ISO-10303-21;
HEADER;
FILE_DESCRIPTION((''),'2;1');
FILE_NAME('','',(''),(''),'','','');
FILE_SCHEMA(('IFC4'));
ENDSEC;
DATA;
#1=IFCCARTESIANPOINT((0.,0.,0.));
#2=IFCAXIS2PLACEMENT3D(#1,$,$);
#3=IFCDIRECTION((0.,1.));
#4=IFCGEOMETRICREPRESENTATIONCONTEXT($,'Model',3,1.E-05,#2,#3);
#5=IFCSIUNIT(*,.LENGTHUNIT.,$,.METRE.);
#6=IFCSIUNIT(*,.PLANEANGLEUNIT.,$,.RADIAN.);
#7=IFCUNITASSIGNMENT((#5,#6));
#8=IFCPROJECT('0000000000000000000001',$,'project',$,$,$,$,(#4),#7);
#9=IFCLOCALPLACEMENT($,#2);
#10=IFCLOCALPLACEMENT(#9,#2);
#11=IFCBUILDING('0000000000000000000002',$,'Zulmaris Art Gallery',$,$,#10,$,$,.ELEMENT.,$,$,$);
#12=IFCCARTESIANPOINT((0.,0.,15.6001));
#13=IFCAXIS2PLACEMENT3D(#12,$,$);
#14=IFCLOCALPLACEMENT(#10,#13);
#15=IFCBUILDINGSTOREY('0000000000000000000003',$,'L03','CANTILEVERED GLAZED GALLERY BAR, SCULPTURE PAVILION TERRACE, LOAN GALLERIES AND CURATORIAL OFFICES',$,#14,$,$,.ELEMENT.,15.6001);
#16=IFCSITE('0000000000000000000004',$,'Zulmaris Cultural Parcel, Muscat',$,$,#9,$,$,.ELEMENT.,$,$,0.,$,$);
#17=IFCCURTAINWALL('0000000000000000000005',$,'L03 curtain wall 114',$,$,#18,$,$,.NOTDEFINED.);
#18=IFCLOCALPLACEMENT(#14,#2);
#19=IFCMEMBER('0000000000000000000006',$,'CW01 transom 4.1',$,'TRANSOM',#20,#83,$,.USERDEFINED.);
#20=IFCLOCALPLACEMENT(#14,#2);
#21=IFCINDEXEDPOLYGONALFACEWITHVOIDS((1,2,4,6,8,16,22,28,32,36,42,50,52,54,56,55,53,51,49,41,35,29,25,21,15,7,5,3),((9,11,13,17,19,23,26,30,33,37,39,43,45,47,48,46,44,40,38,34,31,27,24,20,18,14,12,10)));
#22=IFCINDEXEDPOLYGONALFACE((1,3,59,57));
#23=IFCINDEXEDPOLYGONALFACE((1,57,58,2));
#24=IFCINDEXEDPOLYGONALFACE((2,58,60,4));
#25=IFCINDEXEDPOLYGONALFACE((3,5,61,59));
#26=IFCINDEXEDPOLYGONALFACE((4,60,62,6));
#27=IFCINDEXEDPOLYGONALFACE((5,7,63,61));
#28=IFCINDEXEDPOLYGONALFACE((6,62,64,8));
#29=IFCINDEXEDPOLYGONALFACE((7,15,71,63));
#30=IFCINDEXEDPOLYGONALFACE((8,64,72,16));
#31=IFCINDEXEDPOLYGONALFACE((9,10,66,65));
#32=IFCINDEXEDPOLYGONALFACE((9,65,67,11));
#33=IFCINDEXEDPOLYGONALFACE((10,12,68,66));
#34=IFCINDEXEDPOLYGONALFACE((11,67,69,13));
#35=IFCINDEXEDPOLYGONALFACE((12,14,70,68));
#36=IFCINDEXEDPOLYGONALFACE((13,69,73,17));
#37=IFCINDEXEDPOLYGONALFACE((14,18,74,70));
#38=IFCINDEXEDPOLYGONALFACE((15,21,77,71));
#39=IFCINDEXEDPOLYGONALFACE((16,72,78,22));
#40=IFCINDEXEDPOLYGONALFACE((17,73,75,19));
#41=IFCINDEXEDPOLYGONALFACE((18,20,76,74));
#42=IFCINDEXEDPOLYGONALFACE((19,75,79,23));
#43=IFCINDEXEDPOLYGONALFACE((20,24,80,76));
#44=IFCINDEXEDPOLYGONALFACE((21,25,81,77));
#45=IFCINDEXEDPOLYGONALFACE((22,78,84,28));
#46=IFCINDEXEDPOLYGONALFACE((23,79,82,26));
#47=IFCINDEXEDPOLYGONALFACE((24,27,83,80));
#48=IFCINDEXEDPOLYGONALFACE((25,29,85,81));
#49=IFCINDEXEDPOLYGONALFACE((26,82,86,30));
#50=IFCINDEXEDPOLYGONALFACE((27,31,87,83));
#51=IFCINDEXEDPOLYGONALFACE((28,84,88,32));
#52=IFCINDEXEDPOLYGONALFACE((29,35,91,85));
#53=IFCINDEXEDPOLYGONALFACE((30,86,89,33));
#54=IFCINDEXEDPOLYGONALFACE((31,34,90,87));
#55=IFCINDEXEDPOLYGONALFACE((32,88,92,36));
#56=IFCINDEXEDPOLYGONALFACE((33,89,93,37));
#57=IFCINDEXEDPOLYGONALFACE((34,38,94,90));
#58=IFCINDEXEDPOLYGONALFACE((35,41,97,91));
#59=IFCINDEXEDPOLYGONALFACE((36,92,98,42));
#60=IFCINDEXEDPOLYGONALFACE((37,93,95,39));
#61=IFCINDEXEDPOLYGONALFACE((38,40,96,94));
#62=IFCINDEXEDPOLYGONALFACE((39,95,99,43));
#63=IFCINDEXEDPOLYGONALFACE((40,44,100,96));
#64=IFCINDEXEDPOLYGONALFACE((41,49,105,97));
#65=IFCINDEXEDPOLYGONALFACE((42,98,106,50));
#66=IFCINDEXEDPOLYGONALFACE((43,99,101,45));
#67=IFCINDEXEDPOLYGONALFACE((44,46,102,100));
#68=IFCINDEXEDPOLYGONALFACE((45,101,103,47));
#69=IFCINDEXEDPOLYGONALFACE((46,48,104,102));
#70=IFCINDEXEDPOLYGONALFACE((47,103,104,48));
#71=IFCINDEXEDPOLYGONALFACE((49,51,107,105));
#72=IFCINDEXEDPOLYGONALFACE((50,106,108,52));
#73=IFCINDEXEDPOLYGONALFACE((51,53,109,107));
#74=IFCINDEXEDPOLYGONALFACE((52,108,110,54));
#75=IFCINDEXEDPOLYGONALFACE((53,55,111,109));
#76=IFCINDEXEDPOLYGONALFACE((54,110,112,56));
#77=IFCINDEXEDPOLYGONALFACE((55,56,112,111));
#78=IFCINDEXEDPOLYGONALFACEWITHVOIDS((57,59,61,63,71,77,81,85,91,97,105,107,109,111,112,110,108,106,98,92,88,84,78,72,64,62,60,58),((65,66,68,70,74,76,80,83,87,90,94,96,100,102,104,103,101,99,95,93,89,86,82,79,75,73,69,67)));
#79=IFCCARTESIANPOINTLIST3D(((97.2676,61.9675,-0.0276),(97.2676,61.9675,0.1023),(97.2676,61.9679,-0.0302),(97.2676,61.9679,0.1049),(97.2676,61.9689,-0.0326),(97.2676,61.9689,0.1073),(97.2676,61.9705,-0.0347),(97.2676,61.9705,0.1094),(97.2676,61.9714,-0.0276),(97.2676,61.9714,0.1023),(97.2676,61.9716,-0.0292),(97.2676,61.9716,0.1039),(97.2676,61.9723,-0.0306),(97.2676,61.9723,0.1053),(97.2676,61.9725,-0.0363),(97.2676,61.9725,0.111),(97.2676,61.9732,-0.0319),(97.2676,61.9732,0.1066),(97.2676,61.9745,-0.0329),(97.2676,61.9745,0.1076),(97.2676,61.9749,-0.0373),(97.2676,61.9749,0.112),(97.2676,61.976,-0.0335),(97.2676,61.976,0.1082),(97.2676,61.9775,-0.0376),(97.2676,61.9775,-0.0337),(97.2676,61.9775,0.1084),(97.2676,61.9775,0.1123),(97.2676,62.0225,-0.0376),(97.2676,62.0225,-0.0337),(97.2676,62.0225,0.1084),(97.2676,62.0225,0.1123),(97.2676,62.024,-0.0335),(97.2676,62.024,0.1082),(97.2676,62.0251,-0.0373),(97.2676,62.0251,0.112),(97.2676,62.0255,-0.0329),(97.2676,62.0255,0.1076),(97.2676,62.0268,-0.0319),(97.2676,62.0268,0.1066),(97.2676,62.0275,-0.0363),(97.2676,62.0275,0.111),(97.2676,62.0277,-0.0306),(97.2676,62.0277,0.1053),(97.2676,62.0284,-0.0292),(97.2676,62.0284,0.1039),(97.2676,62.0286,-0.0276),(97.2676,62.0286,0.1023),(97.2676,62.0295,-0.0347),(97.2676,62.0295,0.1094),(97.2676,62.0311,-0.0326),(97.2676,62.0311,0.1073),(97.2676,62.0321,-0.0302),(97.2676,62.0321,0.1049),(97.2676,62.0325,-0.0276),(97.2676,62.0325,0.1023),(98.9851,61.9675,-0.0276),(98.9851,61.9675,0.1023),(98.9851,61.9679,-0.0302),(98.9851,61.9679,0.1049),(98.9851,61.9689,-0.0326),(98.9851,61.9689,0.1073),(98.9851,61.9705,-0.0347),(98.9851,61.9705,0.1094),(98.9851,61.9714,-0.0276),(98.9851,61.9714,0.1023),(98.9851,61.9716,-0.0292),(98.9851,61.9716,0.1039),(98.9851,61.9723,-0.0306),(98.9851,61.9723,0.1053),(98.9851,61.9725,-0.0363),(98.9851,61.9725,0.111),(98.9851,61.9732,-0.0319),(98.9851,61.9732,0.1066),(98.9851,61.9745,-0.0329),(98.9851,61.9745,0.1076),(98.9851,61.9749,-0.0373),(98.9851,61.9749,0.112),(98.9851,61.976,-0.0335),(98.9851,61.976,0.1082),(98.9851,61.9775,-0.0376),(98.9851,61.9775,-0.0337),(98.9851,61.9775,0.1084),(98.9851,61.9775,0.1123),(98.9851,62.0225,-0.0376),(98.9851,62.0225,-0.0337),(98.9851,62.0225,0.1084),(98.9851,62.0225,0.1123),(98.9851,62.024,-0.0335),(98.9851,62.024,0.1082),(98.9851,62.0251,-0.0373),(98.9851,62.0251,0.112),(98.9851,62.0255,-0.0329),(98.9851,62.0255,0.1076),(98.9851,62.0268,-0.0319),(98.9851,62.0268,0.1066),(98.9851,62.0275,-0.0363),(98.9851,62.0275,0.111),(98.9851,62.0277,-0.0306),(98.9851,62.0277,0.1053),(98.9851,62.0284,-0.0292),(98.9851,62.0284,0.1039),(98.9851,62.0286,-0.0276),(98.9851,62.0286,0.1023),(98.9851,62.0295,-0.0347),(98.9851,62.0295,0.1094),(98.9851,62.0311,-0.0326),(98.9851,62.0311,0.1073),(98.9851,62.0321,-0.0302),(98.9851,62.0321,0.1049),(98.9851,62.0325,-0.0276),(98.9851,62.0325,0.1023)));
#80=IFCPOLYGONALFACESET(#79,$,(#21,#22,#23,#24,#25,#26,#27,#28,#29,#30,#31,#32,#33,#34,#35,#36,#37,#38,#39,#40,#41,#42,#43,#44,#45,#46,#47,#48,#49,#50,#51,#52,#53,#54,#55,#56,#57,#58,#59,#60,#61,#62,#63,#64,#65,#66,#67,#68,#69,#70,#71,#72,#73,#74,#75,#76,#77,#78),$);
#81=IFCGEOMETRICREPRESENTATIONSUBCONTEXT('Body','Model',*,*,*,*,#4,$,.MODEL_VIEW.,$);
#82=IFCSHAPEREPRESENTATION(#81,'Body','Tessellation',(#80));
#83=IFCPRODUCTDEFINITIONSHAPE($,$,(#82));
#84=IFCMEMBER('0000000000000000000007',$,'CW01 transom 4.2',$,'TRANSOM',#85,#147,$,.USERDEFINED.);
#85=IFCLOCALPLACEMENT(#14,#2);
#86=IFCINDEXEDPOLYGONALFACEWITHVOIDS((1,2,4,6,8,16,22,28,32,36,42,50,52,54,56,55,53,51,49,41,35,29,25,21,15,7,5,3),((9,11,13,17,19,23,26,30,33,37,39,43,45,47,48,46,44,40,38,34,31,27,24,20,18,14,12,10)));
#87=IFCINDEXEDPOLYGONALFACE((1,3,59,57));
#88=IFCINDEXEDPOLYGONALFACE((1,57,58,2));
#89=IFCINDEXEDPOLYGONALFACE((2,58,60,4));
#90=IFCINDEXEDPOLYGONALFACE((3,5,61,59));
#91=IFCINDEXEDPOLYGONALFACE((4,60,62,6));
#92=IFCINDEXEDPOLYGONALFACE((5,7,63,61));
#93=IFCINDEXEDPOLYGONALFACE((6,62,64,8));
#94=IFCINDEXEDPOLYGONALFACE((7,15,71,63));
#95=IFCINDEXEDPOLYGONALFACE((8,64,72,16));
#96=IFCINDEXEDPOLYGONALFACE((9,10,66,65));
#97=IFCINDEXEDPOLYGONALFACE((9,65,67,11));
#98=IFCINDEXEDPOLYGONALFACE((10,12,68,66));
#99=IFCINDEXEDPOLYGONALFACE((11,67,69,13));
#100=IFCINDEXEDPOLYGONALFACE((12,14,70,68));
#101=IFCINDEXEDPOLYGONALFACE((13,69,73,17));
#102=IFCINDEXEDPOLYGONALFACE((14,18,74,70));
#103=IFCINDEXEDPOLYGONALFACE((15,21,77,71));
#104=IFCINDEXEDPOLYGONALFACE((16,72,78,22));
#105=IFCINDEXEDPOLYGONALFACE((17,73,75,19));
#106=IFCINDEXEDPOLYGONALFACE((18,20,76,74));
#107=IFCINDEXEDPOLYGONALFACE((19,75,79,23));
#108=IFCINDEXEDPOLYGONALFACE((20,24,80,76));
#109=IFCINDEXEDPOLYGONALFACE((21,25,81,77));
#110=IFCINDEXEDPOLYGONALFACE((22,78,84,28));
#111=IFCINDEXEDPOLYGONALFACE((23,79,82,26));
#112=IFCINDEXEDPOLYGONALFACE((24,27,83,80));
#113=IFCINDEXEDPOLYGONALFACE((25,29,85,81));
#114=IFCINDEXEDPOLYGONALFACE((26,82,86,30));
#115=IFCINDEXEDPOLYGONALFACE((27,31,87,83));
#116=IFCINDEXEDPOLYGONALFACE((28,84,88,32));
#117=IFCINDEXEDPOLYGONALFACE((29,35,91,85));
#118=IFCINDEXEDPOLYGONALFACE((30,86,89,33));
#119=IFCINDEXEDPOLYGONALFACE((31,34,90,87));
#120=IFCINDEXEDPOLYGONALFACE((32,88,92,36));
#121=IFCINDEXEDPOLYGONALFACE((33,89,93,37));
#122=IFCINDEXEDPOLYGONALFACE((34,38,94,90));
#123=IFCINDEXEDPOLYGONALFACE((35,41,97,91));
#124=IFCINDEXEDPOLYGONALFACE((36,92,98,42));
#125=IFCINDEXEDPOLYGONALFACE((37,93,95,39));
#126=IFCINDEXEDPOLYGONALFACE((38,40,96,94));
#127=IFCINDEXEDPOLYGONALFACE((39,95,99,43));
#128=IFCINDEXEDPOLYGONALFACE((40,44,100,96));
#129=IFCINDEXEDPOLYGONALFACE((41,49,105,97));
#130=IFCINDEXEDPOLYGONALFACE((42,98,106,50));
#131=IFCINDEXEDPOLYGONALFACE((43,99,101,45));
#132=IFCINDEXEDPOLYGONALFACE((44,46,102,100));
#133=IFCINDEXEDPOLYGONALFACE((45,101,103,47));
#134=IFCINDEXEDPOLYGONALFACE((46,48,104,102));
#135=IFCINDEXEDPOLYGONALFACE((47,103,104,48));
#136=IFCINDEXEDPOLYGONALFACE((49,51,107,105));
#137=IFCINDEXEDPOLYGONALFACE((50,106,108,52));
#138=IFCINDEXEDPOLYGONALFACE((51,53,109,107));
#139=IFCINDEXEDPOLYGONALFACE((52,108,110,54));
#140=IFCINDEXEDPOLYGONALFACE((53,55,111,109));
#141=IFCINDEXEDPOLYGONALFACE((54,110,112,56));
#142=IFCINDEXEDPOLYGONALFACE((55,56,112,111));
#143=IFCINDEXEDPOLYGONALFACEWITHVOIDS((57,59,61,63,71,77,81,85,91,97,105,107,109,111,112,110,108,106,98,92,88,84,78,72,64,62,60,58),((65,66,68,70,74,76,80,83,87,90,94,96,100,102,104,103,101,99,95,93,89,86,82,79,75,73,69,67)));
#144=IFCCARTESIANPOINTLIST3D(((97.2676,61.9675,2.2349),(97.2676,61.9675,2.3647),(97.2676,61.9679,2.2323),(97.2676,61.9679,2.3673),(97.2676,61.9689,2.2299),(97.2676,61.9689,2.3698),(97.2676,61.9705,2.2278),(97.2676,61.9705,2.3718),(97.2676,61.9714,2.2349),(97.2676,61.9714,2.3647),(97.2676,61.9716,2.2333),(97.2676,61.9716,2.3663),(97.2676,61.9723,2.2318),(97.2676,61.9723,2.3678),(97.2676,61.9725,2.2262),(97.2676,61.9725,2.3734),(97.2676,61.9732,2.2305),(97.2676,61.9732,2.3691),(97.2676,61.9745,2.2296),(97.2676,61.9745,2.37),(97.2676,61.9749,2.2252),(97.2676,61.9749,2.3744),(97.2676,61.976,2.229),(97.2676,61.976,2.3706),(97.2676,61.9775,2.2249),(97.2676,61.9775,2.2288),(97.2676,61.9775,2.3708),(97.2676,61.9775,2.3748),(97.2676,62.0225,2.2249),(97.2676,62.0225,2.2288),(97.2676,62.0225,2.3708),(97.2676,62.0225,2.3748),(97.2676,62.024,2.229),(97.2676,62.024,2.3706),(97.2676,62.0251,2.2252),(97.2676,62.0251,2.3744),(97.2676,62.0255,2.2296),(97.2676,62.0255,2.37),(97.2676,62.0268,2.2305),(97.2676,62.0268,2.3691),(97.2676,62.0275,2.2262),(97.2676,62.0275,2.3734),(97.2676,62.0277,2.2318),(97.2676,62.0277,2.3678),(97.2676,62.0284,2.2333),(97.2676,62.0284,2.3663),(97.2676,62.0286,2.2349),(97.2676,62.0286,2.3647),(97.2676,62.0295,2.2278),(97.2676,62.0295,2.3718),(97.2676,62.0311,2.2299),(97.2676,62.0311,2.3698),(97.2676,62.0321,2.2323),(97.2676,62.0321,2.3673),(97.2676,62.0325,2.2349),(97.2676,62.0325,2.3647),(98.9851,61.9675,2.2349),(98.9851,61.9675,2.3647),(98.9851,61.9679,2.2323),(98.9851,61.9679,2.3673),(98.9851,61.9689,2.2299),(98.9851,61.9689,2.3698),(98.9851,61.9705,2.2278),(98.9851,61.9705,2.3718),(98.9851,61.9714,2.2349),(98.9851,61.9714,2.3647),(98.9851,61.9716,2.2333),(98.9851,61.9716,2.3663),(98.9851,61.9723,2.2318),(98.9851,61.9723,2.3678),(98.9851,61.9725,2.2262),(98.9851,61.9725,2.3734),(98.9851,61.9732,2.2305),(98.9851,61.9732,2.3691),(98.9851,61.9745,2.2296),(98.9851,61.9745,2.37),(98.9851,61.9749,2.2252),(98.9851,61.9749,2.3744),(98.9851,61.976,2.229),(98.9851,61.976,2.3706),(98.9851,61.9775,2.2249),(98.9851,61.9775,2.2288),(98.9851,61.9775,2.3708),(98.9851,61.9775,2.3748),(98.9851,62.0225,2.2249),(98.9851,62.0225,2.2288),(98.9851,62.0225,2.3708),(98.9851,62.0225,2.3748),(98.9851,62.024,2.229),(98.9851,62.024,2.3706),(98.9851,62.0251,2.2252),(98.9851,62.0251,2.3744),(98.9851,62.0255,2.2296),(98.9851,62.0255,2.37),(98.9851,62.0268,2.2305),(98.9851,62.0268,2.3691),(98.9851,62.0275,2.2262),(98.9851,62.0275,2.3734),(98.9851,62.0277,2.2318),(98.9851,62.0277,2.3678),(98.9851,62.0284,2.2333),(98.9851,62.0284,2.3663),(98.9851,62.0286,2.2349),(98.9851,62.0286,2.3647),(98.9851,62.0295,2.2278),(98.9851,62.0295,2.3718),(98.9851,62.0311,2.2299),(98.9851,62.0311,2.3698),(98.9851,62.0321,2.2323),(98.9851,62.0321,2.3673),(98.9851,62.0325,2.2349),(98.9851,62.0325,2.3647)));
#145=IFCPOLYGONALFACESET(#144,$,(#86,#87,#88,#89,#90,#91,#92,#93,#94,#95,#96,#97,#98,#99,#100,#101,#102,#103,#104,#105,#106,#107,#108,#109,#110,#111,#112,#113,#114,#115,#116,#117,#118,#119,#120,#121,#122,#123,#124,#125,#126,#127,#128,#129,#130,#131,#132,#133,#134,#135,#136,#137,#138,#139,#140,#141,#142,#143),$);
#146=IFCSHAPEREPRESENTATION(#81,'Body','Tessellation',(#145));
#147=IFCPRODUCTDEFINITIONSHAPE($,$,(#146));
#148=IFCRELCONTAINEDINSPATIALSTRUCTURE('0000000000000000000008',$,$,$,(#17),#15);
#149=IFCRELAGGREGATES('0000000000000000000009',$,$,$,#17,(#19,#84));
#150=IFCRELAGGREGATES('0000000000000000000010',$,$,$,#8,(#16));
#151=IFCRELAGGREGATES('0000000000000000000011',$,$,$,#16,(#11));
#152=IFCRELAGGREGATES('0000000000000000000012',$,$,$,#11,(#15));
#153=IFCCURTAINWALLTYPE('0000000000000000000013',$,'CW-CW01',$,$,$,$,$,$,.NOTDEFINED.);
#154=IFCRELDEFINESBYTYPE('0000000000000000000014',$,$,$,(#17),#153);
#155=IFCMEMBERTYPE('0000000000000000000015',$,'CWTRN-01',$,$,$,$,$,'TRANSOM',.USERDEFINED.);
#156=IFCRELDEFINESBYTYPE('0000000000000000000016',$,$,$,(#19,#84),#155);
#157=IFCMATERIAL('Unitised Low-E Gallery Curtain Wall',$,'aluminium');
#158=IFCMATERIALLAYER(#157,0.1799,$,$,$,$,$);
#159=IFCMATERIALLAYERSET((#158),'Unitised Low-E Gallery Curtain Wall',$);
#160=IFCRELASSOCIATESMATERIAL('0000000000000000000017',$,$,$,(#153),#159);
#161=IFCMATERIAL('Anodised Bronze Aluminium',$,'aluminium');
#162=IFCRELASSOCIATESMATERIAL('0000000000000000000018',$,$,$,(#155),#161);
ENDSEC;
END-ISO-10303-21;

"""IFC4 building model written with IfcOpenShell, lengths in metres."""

from ifc_helpers import new_model, si_unit, direction, frame, origin, origin_2d, place, context, subcontext, project, spatial, hollow_rectangle, extrude, material, layer, layer_set, material_profile, profile_set, type_object, element, aggregate, save


model = new_model("IFC4")

# Units and contexts
model_context = context("Model", 3, precision=1e-05, world=origin(), true_north=direction((0.0, 1.0)))
body_context = subcontext(model_context, "Body", "Model", "MODEL_VIEW")
ifc_project = project(units=[si_unit("LENGTHUNIT", "METRE"), si_unit("PLANEANGLEUNIT", "RADIAN")], contexts=[model_context])

# Site, building, storey
site_placement = place(None, origin())
site = spatial("IfcSite", under=ifc_project, at=site_placement, Name="Zulmaris Cultural Parcel, Muscat", CompositionType="ELEMENT", RefElevation=0.0)
building_placement = place(site_placement, origin())
building = spatial("IfcBuilding", under=site, at=building_placement, Name="Zulmaris Art Gallery", CompositionType="ELEMENT")
storey_placement = place(building_placement, frame((0.0, 0.0, 15.6001)))
storey = spatial("IfcBuildingStorey", under=building, at=storey_placement, Name="L03", Description="CANTILEVERED GLAZED GALLERY BAR, SCULPTURE PAVILION TERRACE, LOAN GALLERIES AND CURATORIAL OFFICES", CompositionType="ELEMENT", Elevation=15.6001)

# Curtain wall, members
ifc_material_1 = material(Name="Unitised Low-E Gallery Curtain Wall", Category="aluminium")
ifc_layer_1 = layer(ifc_material_1, 0.1799)
ifc_layer_set_1 = layer_set([ifc_layer_1], Name="Unitised Low-E Gallery Curtain Wall")
curtain_wall_type = type_object("IfcCurtainWallType", Name="CW-CW01", PredefinedType="NOTDEFINED", material=ifc_layer_set_1)
curtain_wall_placement = place(storey_placement, origin())
curtain_wall = element("IfcCurtainWall", 1, at=curtain_wall_placement, inside=storey, type_object=curtain_wall_type, Name="L03 curtain wall 114", PredefinedType="NOTDEFINED")
ifc_material_2 = material(Name="Anodised Bronze Aluminium", Category="aluminium")
ifc_material_profile_1 = material_profile(ifc_material_2, hollow_rectangle(XDim=0.0649, YDim=0.1499, WallThickness=0.0039, InnerFilletRadius=0.0061, OuterFilletRadius=0.01, at=origin_2d()), Name="ALU 65x150x4")
ifc_profile_set_1 = profile_set([ifc_material_profile_1], Name="Anodised Bronze Aluminium")
member_type_1 = type_object("IfcMemberType", Name="CWTRN-01", ElementType="TRANSOM", PredefinedType="USERDEFINED", material=ifc_profile_set_1)
member_1_placement = place(storey_placement, frame((97.2676, 62.0, 0.0374), z_axis=(1.0, 0.0, 0.0), x_axis=(0.0, 1.0, 0.0)))
member_1 = element("IfcMember", 2, at=member_1_placement, type_object=member_type_1, Name="CW01 transom 4.1", ObjectType="TRANSOM", PredefinedType="USERDEFINED", context=body_context, shape_type="SweptSolid", body=[
    extrude(hollow_rectangle(XDim=0.0649, YDim=0.1499, WallThickness=0.0039, InnerFilletRadius=0.0061, OuterFilletRadius=0.01, at=origin_2d()), origin(), (0.0, 0.0, 1.0), 1.7175),
])
member_2_placement = place(storey_placement, frame((97.2676, 62.0, 2.2998), z_axis=(1.0, 0.0, 0.0), x_axis=(0.0, 1.0, 0.0)))
member_2 = element("IfcMember", 3, at=member_2_placement, type_object=member_type_1, Name="CW01 transom 4.2", ObjectType="TRANSOM", PredefinedType="USERDEFINED", context=body_context, shape_type="SweptSolid", body=[
    extrude(hollow_rectangle(XDim=0.0649, YDim=0.1499, WallThickness=0.0039, InnerFilletRadius=0.0061, OuterFilletRadius=0.01, at=origin_2d()), origin(), (0.0, 0.0, 1.0), 1.7175),
])
aggregate(curtain_wall, [member_1, member_2])

save(model, "model.ifc")
